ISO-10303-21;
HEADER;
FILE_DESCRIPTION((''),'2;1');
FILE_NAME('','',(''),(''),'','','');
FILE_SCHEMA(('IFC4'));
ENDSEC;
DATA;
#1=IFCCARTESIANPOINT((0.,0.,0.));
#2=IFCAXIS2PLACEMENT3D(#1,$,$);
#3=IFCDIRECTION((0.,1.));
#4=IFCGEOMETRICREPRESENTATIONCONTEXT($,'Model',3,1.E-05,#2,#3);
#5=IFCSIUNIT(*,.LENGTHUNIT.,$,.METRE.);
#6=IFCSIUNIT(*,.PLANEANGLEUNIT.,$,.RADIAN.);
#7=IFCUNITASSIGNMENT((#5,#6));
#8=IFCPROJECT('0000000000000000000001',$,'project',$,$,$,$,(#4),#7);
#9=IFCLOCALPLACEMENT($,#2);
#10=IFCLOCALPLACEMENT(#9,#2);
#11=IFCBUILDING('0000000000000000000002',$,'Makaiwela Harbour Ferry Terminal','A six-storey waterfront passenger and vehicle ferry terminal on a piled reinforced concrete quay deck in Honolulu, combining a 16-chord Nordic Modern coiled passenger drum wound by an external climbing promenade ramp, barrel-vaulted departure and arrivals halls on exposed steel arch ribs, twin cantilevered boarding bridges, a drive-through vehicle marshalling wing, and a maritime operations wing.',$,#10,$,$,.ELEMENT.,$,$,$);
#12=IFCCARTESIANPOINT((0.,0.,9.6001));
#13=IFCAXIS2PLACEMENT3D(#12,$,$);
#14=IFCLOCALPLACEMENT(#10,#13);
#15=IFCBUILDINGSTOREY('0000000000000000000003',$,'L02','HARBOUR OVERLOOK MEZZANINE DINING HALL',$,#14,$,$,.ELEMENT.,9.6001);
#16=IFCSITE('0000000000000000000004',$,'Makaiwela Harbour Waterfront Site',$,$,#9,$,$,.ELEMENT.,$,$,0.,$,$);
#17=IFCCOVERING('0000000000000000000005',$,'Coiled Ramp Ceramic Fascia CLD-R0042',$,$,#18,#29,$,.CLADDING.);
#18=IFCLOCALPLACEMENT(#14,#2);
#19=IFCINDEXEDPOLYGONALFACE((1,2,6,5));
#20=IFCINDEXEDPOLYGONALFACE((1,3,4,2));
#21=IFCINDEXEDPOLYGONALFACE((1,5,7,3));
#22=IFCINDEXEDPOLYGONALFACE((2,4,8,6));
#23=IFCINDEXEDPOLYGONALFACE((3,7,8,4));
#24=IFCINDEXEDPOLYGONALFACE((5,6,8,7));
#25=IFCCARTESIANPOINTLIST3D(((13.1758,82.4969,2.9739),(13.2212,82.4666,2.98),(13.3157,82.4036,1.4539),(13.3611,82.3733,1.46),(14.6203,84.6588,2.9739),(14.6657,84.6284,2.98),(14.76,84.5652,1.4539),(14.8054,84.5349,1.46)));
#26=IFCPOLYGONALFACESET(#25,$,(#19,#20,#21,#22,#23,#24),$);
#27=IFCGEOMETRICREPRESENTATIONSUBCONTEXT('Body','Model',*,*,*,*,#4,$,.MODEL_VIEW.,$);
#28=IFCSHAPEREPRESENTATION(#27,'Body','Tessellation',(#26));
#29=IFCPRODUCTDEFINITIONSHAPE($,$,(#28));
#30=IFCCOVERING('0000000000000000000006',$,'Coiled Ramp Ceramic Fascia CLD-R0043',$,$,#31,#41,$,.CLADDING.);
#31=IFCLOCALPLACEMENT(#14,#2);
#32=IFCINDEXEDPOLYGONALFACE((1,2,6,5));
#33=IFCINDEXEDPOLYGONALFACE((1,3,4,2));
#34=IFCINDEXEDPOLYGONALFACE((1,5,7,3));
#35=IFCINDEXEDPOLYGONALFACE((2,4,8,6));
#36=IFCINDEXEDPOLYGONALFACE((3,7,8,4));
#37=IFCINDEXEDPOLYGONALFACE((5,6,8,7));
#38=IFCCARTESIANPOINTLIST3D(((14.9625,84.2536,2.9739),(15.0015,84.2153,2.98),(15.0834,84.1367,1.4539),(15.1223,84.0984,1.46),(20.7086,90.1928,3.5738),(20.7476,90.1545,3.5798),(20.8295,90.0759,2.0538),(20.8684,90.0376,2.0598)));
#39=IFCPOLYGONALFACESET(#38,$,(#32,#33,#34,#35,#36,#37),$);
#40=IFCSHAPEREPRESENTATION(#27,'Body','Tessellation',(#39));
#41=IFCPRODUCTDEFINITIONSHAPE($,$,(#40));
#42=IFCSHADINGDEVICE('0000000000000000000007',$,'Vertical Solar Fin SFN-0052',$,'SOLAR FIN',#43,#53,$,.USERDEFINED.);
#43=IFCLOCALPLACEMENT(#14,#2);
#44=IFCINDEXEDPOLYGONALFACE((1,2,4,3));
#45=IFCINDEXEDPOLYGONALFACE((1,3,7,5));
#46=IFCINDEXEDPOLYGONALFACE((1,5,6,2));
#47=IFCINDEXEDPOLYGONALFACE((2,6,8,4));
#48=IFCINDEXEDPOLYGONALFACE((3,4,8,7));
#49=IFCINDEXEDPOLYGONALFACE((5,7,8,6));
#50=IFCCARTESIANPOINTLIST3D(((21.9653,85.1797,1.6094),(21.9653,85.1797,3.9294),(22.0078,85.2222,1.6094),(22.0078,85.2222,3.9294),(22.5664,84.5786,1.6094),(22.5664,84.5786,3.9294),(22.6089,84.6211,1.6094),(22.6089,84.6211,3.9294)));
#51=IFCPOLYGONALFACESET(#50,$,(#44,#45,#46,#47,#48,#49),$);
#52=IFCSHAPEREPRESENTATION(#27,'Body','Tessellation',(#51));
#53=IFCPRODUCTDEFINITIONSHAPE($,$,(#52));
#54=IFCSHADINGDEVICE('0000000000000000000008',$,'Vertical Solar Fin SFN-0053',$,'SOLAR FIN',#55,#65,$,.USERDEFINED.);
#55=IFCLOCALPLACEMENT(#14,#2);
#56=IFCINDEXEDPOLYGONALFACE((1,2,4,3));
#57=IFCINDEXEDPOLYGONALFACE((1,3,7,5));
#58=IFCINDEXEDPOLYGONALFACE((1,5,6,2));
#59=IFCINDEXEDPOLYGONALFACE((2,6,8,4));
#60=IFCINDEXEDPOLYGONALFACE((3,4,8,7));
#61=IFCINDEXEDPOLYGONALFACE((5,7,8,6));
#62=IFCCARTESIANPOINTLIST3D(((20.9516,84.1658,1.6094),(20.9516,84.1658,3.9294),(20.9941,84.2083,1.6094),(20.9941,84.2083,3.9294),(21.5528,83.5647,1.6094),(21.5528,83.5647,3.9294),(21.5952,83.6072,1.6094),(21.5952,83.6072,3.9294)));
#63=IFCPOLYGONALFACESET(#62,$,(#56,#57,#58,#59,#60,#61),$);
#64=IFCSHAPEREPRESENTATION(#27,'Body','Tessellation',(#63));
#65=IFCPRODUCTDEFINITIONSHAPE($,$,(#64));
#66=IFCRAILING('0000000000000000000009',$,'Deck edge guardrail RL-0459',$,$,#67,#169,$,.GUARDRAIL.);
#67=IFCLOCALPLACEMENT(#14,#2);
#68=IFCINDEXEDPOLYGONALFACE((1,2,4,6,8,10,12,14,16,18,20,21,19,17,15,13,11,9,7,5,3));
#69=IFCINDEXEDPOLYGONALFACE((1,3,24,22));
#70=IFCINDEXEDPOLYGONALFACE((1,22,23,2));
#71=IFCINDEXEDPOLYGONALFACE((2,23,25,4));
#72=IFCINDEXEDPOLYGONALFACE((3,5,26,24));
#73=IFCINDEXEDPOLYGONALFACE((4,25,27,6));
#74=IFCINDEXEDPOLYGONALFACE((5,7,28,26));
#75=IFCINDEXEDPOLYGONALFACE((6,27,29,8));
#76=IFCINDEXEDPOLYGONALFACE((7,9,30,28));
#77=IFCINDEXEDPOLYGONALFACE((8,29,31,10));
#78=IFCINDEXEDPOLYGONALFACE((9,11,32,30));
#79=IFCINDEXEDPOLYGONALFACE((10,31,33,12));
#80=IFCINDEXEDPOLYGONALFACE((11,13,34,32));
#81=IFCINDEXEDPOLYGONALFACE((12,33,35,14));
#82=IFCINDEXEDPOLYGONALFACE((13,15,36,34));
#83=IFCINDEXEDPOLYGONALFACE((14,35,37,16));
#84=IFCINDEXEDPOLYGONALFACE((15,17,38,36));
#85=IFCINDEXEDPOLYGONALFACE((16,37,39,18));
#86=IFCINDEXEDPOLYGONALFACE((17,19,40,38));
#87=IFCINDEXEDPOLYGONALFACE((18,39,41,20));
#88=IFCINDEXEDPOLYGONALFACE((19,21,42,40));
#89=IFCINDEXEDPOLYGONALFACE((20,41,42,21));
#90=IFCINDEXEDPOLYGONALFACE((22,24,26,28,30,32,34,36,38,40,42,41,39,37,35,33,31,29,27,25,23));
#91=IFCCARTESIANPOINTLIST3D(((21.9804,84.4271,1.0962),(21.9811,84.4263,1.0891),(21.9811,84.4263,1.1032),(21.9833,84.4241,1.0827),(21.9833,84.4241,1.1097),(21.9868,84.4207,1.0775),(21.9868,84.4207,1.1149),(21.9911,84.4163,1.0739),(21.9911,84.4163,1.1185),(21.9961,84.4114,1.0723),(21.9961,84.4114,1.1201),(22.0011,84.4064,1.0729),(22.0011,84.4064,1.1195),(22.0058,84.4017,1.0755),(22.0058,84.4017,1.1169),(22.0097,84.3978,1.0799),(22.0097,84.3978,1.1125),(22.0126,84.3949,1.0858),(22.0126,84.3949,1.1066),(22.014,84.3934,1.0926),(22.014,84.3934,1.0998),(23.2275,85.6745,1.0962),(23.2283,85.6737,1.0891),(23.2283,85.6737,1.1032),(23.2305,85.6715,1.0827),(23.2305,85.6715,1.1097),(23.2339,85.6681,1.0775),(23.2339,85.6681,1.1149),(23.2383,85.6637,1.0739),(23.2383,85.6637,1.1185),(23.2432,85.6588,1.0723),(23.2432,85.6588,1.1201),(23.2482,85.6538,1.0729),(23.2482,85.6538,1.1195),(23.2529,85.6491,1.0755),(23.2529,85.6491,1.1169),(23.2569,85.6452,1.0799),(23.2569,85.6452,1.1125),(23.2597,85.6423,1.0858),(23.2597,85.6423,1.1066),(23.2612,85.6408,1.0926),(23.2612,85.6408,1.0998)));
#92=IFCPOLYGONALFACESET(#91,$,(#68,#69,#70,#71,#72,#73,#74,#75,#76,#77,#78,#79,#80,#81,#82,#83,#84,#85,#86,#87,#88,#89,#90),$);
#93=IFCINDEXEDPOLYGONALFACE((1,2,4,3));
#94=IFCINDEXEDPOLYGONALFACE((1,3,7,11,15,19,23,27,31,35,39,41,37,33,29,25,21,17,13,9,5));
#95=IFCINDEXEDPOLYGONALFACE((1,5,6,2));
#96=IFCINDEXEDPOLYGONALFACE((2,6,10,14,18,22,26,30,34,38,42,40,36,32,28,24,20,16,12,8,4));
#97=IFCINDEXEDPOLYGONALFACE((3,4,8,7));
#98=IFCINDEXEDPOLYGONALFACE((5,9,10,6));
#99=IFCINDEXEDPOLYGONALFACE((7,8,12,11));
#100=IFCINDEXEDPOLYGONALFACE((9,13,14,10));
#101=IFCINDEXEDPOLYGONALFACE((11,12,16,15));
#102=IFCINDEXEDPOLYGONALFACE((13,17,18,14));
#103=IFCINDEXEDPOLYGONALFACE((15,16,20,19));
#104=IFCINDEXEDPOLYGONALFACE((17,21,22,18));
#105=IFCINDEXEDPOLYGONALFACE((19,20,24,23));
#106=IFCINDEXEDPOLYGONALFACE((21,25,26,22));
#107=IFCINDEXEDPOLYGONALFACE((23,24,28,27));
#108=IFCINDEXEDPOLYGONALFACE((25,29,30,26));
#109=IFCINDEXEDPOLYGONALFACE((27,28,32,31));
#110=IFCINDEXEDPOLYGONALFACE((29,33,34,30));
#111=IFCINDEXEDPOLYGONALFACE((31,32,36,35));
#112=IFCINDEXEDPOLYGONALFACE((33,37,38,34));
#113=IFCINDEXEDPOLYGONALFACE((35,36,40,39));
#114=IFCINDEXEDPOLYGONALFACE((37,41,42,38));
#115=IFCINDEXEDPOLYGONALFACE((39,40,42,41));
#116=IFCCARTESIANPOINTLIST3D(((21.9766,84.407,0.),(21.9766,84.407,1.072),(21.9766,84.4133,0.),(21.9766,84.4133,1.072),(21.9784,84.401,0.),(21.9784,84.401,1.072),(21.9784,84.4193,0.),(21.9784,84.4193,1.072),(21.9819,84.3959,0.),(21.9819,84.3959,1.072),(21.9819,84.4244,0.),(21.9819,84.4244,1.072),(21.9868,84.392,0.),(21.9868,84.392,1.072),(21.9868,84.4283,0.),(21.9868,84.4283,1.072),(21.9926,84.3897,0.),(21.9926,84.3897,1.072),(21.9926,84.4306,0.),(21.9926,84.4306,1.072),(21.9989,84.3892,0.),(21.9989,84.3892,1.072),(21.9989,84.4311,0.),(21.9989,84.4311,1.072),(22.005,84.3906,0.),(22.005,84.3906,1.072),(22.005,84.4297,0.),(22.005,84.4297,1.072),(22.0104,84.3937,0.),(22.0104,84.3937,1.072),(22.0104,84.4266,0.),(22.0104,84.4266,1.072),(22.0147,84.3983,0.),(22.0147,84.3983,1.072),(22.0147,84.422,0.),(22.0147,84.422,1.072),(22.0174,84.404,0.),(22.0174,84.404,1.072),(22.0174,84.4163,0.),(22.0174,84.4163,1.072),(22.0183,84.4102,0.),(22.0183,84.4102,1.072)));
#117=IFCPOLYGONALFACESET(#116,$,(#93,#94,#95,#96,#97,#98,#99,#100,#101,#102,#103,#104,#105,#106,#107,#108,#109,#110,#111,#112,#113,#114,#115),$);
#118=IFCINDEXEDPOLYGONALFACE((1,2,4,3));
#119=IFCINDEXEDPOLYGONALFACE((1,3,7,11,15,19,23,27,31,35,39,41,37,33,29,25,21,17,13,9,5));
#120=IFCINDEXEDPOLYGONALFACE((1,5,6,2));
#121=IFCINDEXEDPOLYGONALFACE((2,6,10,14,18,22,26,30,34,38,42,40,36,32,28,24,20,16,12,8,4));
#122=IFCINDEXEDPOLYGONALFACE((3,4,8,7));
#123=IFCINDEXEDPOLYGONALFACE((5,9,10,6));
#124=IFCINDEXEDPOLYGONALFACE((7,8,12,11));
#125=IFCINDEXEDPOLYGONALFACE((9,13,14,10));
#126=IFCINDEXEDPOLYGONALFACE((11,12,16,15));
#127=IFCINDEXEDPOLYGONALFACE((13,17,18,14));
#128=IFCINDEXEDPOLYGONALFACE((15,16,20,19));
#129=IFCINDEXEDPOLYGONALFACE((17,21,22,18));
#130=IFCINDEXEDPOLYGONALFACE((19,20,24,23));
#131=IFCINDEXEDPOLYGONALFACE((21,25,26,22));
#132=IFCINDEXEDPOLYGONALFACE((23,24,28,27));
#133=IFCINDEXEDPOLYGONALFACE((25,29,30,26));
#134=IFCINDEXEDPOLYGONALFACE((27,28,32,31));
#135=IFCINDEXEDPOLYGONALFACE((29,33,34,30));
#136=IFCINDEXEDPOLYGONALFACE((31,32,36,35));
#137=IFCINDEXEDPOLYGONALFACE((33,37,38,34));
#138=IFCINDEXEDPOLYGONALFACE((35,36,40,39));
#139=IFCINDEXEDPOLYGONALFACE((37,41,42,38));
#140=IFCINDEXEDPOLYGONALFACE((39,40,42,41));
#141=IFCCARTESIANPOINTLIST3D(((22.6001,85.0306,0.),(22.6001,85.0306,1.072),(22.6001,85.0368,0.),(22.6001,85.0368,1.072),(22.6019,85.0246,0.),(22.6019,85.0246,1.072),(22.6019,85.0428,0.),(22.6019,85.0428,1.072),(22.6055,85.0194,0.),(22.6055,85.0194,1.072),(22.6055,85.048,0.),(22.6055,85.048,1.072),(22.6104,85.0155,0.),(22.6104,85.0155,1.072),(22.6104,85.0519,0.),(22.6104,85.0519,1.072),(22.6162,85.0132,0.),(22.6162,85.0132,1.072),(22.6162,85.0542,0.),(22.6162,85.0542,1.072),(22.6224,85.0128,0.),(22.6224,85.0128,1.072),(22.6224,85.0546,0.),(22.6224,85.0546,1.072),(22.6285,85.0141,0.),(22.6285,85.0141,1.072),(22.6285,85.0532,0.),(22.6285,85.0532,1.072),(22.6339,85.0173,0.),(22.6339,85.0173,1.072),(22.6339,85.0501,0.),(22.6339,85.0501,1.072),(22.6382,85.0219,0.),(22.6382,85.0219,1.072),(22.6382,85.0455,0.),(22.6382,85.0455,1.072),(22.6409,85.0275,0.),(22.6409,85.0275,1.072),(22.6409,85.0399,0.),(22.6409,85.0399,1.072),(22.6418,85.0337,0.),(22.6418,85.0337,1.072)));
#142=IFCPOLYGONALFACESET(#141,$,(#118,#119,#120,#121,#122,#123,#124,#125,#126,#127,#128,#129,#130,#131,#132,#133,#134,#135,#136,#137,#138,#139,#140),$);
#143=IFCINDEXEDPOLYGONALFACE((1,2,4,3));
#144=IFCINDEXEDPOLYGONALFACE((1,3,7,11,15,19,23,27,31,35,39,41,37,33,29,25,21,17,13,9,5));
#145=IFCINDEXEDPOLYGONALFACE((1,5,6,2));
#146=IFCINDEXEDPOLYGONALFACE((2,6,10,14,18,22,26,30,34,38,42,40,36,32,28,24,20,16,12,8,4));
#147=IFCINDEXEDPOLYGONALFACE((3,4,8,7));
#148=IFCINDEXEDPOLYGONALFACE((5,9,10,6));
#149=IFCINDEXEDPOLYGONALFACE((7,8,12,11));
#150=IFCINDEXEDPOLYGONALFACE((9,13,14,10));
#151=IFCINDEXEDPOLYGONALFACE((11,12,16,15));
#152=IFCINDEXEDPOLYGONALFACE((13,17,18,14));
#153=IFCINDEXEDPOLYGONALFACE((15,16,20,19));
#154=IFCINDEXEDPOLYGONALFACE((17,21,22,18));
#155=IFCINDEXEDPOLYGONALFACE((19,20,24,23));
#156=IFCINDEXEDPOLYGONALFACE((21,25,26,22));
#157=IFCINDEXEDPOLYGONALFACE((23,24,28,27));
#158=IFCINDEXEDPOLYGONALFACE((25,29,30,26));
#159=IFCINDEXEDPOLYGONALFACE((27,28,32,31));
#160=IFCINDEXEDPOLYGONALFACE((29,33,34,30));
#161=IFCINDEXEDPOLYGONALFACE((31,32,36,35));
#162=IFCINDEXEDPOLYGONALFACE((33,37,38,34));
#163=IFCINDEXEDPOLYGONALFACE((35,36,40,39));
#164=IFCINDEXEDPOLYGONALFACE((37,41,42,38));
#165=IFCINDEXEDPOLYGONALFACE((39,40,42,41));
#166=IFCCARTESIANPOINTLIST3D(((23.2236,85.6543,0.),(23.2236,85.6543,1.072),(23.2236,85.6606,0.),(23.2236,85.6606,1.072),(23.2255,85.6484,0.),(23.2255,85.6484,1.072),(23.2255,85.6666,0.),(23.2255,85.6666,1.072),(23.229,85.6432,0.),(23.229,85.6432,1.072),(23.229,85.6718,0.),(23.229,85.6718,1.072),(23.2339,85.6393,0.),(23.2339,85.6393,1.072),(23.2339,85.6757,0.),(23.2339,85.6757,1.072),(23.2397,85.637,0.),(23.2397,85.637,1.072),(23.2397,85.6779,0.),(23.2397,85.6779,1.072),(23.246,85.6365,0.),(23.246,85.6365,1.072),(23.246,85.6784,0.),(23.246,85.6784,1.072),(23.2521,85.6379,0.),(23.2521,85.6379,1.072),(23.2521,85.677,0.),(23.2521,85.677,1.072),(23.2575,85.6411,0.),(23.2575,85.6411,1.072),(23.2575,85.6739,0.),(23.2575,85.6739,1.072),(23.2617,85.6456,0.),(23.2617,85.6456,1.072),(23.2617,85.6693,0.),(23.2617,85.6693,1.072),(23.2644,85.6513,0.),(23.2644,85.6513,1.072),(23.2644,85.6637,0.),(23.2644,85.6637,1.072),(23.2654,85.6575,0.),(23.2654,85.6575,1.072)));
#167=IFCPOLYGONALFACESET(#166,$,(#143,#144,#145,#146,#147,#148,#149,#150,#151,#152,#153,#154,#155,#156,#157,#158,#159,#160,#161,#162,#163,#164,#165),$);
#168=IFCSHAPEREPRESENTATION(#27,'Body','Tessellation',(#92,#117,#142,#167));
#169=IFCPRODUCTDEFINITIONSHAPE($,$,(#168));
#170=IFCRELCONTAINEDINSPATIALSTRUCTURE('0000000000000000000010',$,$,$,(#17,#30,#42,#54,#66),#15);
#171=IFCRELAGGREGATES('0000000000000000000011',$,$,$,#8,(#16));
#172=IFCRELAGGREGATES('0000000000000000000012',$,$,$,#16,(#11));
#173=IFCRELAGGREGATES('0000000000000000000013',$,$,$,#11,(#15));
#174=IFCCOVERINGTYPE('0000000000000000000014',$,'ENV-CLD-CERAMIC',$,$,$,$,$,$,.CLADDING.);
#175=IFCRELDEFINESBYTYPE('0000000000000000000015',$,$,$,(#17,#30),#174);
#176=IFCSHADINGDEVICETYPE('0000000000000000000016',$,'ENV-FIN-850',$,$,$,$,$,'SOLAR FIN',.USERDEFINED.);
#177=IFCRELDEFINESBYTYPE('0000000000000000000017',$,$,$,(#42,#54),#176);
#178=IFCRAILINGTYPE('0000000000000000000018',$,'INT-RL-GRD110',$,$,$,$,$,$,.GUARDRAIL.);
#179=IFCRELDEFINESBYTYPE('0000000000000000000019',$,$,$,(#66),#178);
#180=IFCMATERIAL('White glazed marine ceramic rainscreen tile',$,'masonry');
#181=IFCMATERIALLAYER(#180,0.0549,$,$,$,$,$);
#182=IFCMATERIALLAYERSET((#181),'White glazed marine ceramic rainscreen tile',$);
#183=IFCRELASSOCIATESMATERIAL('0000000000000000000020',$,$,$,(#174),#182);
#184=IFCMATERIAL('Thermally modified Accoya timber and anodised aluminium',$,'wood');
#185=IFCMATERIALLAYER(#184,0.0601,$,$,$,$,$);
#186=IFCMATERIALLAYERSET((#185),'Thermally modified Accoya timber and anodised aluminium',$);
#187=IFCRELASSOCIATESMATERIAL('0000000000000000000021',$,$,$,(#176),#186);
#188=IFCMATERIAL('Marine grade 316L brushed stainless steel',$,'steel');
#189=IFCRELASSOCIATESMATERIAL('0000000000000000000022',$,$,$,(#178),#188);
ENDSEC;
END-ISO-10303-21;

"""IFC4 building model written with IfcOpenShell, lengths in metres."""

from ifc_helpers import new_model, si_unit, direction, frame, origin, origin_2d, place, context, subcontext, project, spatial, polyline, rectangle, circle, outline, extrude, material, layer, layer_set, type_object, element, save


model = new_model("IFC4")

# Units and contexts
model_context = context("Model", 3, precision=1e-05, world=origin(), true_north=direction((0.0, 1.0)))
body_context = subcontext(model_context, "Body", "Model", "MODEL_VIEW")
ifc_project = project(units=[si_unit("LENGTHUNIT", "METRE"), si_unit("PLANEANGLEUNIT", "RADIAN")], contexts=[model_context])

# Site, building, storey
site_placement = place(None, origin())
site = spatial("IfcSite", under=ifc_project, at=site_placement, Name="Makaiwela Harbour Waterfront Site", CompositionType="ELEMENT", RefElevation=0.0)
building_placement = place(site_placement, origin())
building = spatial("IfcBuilding", under=site, at=building_placement, Name="Makaiwela Harbour Ferry Terminal", Description="A six-storey waterfront passenger and vehicle ferry terminal on a piled reinforced concrete quay deck in Honolulu, combining a 16-chord Nordic Modern coiled passenger drum wound by an external climbing promenade ramp, barrel-vaulted departure and arrivals halls on exposed steel arch ribs, twin cantilevered boarding bridges, a drive-through vehicle marshalling wing, and a maritime operations wing.", CompositionType="ELEMENT")
storey_placement = place(building_placement, frame((0.0, 0.0, 9.6001)))
storey = spatial("IfcBuildingStorey", under=building, at=storey_placement, Name="L02", Description="HARBOUR OVERLOOK MEZZANINE DINING HALL", CompositionType="ELEMENT", Elevation=9.6001)

# Coverings
ifc_material_1 = material(Name="White glazed marine ceramic rainscreen tile", Category="masonry")
ifc_layer_1 = layer(ifc_material_1, 0.0549)
ifc_layer_set_1 = layer_set([ifc_layer_1], Name="White glazed marine ceramic rainscreen tile")
covering_type = type_object("IfcCoveringType", Name="ENV-CLD-CERAMIC", PredefinedType="CLADDING", material=ifc_layer_set_1)
covering_1_placement = place(storey_placement, frame((14.8054, 84.5349, 1.46), z_axis=(0.826427, -0.552211, 0.109918), x_axis=(-0.555577, -0.831465, -0.000001)))
element("IfcCovering", 1, at=covering_1_placement, inside=storey, type_object=covering_type, Name="Coiled Ramp Ceramic Fascia CLD-R0042", PredefinedType="CLADDING", context=body_context, shape_type="SweptSolid", body=[
    extrude(outline(polyline([(0.0, 0.0), (2.5998, 0.0), (2.5999, -1.5293), (-0.0002, -1.5293), (0.0, 0.0)])), origin(), (0.0, 0.0, -1.0), 0.0549),
])
covering_2_placement = place(storey_placement, frame((15.1223, 84.0984, 1.46), z_axis=(0.708763, -0.696824, 0.109961), x_axis=(0.693501, 0.716809, 0.072397)))
element("IfcCovering", 2, at=covering_2_placement, inside=storey, type_object=covering_type, Name="Coiled Ramp Ceramic Fascia CLD-R0043", PredefinedType="CLADDING", context=body_context, shape_type="SweptSolid", body=[
    extrude(outline(polyline([(0.0, 0.0), (8.2856, 0.0), (8.3957, 1.5253), (0.1101, 1.5253), (0.0, 0.0)])), origin(), (0.0, 0.0, -1.0), 0.0549),
])

# Shading devices
ifc_material_2 = material(Name="Thermally modified Accoya timber and anodised aluminium", Category="wood")
ifc_layer_2 = layer(ifc_material_2, 0.0601)
ifc_layer_set_2 = layer_set([ifc_layer_2], Name="Thermally modified Accoya timber and anodised aluminium")
shading_device_type = type_object("IfcShadingDeviceType", Name="ENV-FIN-850", ElementType="SOLAR FIN", PredefinedType="USERDEFINED", material=ifc_layer_set_2)
for number, where, z_axis, x_axis, name in (
    (3, (22.2871, 84.9004, 1.6094), (0.0, 0.0, 1.0), (-0.707107, 0.707107, 0.0), "Vertical Solar Fin SFN-0052"),
    (4, (21.2734, 83.8865, 1.6094), (0.0, 0.0, 1.0), (-0.707107, 0.707107, 0.0), "Vertical Solar Fin SFN-0053"),
):
    element("IfcShadingDevice", number, at=place(storey_placement, frame(where, z_axis=z_axis, x_axis=x_axis)), inside=storey, type_object=shading_device_type, Name=name, ObjectType="SOLAR FIN", PredefinedType="USERDEFINED", context=body_context, shape_type="SweptSolid", body=[
        extrude(rectangle(XDim=0.8501, YDim=0.0601, at=origin_2d()), origin(), (0.0, 0.0, 1.0), 2.3201),
    ])

# Railing
ifc_material_3 = material(Name="Marine grade 316L brushed stainless steel", Category="steel")
railing_type_1 = type_object("IfcRailingType", Name="INT-RL-GRD110", PredefinedType="GUARDRAIL", material=ifc_material_3)
railing_1_placement = place(storey_placement, frame((21.9973, 84.4102, 0.0)))
element("IfcRailing", 5, at=railing_1_placement, inside=storey, type_object=railing_type_1, Name="Deck edge guardrail RL-0459", PredefinedType="GUARDRAIL", context=body_context, shape_type="SweptSolid", body=[
    extrude(circle(Radius=0.0239, at=origin_2d()), frame((0.0, 0.0, 1.0962), z_axis=(0.707038, 0.707176, 0.0), x_axis=(-0.707176, 0.707038, 0.0)), (0.0, 0.0, 1.0), 1.7639),
    extrude(circle(Radius=0.021, at=origin_2d()), origin(), (0.0, 0.0, 1.0), 1.072),
    extrude(circle(Radius=0.021, at=origin_2d()), frame((0.6235, 0.6235, 0.0)), (0.0, 0.0, 1.0), 1.072),
    extrude(circle(Radius=0.021, at=origin_2d()), frame((1.2471, 1.2473, 0.0)), (0.0, 0.0, 1.0), 1.072),
])

save(model, "model.ifc")
